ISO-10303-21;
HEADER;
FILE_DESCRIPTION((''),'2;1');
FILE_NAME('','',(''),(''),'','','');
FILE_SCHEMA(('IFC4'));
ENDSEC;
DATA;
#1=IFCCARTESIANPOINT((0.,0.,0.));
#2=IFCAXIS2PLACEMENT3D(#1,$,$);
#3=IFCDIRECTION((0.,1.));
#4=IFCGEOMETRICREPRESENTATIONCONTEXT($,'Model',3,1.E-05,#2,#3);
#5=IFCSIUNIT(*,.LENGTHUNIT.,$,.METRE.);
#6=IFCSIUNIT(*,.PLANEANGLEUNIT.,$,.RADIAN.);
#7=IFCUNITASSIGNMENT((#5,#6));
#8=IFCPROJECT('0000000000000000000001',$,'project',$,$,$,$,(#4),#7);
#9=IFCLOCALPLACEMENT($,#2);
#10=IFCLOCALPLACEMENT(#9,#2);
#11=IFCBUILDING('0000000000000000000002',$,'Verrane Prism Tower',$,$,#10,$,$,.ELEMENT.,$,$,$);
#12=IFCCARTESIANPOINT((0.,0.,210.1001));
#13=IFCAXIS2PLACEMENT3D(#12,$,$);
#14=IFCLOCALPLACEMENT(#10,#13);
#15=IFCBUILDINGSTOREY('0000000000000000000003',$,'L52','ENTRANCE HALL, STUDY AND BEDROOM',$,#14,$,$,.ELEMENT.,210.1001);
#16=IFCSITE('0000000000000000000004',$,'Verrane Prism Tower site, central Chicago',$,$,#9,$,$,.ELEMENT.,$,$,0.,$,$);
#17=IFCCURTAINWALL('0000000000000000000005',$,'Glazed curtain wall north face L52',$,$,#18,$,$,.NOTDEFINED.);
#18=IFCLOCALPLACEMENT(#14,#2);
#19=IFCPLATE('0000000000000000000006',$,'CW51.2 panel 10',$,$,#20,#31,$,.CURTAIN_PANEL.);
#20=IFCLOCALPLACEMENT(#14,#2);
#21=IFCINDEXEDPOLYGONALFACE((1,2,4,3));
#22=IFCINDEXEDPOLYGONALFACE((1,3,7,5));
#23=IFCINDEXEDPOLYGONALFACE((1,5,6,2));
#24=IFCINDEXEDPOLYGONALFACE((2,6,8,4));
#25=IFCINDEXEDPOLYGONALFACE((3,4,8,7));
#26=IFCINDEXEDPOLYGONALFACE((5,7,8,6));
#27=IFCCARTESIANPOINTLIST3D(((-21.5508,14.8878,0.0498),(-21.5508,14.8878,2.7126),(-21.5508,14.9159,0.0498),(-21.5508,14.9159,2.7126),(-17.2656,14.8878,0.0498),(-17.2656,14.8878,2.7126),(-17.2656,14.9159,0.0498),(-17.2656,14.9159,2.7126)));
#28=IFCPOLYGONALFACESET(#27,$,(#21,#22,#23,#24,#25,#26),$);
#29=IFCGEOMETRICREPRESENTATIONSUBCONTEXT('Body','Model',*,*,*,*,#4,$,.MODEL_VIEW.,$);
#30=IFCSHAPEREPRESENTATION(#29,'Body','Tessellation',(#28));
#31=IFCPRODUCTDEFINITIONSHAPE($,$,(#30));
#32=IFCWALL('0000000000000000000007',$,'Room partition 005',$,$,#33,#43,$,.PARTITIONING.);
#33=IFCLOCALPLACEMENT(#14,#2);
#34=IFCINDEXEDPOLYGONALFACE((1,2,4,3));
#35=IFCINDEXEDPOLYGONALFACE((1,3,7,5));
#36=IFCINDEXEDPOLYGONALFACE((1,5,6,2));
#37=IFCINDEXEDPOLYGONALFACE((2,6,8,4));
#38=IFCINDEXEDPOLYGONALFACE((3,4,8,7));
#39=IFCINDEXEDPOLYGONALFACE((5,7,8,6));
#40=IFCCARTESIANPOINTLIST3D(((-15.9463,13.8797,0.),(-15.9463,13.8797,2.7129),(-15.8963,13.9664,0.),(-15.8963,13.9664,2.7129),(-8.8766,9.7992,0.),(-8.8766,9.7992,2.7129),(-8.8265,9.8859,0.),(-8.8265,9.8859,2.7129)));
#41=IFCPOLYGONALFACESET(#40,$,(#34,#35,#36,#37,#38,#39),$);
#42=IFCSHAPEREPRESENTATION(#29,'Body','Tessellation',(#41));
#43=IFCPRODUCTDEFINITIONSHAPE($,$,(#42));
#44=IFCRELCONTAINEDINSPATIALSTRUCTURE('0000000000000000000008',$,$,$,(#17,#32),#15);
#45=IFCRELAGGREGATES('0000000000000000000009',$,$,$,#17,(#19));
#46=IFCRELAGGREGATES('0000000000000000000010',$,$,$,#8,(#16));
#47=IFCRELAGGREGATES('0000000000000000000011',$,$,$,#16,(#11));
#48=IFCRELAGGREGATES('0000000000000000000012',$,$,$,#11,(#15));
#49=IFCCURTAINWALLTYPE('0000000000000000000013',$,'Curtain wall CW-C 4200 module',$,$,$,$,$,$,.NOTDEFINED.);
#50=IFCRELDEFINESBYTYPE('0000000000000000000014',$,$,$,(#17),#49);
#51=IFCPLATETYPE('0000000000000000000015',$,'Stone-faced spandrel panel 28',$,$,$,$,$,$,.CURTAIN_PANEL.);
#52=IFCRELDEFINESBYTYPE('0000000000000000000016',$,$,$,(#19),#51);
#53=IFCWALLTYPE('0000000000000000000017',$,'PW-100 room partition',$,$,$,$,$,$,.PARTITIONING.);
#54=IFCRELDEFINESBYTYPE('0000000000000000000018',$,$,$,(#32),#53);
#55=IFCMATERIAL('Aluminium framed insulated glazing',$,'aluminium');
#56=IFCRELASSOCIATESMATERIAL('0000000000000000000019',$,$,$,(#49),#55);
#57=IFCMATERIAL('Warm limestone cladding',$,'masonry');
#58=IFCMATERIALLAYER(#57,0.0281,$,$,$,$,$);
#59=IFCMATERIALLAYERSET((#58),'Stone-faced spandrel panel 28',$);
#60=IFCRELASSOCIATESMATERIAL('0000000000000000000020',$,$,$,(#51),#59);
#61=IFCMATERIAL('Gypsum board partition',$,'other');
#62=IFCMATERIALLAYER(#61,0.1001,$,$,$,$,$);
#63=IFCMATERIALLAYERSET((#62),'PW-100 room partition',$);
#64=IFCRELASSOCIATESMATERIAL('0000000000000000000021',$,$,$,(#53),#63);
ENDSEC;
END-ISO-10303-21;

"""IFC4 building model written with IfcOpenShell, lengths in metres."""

from ifc_helpers import new_model, si_unit, direction, frame, frame_2d, origin, origin_2d, place, context, subcontext, project, spatial, rectangle, extrude, material, layer, layer_set, type_object, element, aggregate, save


model = new_model("IFC4")

# Units and contexts
model_context = context("Model", 3, precision=1e-05, world=origin(), true_north=direction((0.0, 1.0)))
body_context = subcontext(model_context, "Body", "Model", "MODEL_VIEW")
ifc_project = project(units=[si_unit("LENGTHUNIT", "METRE"), si_unit("PLANEANGLEUNIT", "RADIAN")], contexts=[model_context])

# Site, building, storey
site_placement = place(None, origin())
site = spatial("IfcSite", under=ifc_project, at=site_placement, Name="Verrane Prism Tower site, central Chicago", CompositionType="ELEMENT", RefElevation=0.0)
building_placement = place(site_placement, origin())
building = spatial("IfcBuilding", under=site, at=building_placement, Name="Verrane Prism Tower", CompositionType="ELEMENT")
storey_placement = place(building_placement, frame((0.0, 0.0, 210.1001)))
storey = spatial("IfcBuildingStorey", under=building, at=storey_placement, Name="L52", Description="ENTRANCE HALL, STUDY AND BEDROOM", CompositionType="ELEMENT", Elevation=210.1001)

# Curtain wall
ifc_material_1 = material(Name="Aluminium framed insulated glazing", Category="aluminium")
curtain_wall_type_1 = type_object("IfcCurtainWallType", Name="Curtain wall CW-C 4200 module", PredefinedType="NOTDEFINED", material=ifc_material_1)
curtain_wall_1_placement = place(storey_placement, origin())
curtain_wall_1 = element("IfcCurtainWall", 1, at=curtain_wall_1_placement, inside=storey, type_object=curtain_wall_type_1, Name="Glazed curtain wall north face L52", PredefinedType="NOTDEFINED")

# Plate
ifc_material_2 = material(Name="Warm limestone cladding", Category="masonry")
ifc_layer_1 = layer(ifc_material_2, 0.0281)
ifc_layer_set_1 = layer_set([ifc_layer_1], Name="Stone-faced spandrel panel 28")
plate_type_1 = type_object("IfcPlateType", Name="Stone-faced spandrel panel 28", PredefinedType="CURTAIN_PANEL", material=ifc_layer_set_1)
plate_1_placement = place(storey_placement, frame((-19.4082, 14.9019, 0.0498), z_axis=(0.0, 0.0, 1.0), x_axis=(-1.0, 0.0, 0.0)))
plate_1 = element("IfcPlate", 2, at=plate_1_placement, type_object=plate_type_1, Name="CW51.2 panel 10", PredefinedType="CURTAIN_PANEL", context=body_context, shape_type="SweptSolid", body=[
    extrude(rectangle(XDim=4.2852, YDim=0.0281, at=origin_2d()), origin(), (0.0, 0.0, 1.0), 2.6628),
])
aggregate(curtain_wall_1, [plate_1])

# Wall
ifc_material_3 = material(Name="Gypsum board partition", Category="other")
ifc_layer_2 = layer(ifc_material_3, 0.1001)
ifc_layer_set_2 = layer_set([ifc_layer_2], Name="PW-100 room partition")
wall_type = type_object("IfcWallType", Name="PW-100 room partition", PredefinedType="PARTITIONING", material=ifc_layer_set_2)
wall_placement = place(storey_placement, frame((-15.9214, 13.9231, 0.0), z_axis=(0.0, 0.0, 1.0), x_axis=(0.866089, -0.49989, 0.0)))
element("IfcWall", 3, at=wall_placement, inside=storey, type_object=wall_type, Name="Room partition 005", PredefinedType="PARTITIONING", context=body_context, shape_type="SweptSolid", body=[
    extrude(rectangle(XDim=8.1628, YDim=0.1001, at=frame_2d((4.0815, 0.0))), origin(), (0.0, 0.0, 1.0), 2.7129),
])

save(model, "model.ifc")
